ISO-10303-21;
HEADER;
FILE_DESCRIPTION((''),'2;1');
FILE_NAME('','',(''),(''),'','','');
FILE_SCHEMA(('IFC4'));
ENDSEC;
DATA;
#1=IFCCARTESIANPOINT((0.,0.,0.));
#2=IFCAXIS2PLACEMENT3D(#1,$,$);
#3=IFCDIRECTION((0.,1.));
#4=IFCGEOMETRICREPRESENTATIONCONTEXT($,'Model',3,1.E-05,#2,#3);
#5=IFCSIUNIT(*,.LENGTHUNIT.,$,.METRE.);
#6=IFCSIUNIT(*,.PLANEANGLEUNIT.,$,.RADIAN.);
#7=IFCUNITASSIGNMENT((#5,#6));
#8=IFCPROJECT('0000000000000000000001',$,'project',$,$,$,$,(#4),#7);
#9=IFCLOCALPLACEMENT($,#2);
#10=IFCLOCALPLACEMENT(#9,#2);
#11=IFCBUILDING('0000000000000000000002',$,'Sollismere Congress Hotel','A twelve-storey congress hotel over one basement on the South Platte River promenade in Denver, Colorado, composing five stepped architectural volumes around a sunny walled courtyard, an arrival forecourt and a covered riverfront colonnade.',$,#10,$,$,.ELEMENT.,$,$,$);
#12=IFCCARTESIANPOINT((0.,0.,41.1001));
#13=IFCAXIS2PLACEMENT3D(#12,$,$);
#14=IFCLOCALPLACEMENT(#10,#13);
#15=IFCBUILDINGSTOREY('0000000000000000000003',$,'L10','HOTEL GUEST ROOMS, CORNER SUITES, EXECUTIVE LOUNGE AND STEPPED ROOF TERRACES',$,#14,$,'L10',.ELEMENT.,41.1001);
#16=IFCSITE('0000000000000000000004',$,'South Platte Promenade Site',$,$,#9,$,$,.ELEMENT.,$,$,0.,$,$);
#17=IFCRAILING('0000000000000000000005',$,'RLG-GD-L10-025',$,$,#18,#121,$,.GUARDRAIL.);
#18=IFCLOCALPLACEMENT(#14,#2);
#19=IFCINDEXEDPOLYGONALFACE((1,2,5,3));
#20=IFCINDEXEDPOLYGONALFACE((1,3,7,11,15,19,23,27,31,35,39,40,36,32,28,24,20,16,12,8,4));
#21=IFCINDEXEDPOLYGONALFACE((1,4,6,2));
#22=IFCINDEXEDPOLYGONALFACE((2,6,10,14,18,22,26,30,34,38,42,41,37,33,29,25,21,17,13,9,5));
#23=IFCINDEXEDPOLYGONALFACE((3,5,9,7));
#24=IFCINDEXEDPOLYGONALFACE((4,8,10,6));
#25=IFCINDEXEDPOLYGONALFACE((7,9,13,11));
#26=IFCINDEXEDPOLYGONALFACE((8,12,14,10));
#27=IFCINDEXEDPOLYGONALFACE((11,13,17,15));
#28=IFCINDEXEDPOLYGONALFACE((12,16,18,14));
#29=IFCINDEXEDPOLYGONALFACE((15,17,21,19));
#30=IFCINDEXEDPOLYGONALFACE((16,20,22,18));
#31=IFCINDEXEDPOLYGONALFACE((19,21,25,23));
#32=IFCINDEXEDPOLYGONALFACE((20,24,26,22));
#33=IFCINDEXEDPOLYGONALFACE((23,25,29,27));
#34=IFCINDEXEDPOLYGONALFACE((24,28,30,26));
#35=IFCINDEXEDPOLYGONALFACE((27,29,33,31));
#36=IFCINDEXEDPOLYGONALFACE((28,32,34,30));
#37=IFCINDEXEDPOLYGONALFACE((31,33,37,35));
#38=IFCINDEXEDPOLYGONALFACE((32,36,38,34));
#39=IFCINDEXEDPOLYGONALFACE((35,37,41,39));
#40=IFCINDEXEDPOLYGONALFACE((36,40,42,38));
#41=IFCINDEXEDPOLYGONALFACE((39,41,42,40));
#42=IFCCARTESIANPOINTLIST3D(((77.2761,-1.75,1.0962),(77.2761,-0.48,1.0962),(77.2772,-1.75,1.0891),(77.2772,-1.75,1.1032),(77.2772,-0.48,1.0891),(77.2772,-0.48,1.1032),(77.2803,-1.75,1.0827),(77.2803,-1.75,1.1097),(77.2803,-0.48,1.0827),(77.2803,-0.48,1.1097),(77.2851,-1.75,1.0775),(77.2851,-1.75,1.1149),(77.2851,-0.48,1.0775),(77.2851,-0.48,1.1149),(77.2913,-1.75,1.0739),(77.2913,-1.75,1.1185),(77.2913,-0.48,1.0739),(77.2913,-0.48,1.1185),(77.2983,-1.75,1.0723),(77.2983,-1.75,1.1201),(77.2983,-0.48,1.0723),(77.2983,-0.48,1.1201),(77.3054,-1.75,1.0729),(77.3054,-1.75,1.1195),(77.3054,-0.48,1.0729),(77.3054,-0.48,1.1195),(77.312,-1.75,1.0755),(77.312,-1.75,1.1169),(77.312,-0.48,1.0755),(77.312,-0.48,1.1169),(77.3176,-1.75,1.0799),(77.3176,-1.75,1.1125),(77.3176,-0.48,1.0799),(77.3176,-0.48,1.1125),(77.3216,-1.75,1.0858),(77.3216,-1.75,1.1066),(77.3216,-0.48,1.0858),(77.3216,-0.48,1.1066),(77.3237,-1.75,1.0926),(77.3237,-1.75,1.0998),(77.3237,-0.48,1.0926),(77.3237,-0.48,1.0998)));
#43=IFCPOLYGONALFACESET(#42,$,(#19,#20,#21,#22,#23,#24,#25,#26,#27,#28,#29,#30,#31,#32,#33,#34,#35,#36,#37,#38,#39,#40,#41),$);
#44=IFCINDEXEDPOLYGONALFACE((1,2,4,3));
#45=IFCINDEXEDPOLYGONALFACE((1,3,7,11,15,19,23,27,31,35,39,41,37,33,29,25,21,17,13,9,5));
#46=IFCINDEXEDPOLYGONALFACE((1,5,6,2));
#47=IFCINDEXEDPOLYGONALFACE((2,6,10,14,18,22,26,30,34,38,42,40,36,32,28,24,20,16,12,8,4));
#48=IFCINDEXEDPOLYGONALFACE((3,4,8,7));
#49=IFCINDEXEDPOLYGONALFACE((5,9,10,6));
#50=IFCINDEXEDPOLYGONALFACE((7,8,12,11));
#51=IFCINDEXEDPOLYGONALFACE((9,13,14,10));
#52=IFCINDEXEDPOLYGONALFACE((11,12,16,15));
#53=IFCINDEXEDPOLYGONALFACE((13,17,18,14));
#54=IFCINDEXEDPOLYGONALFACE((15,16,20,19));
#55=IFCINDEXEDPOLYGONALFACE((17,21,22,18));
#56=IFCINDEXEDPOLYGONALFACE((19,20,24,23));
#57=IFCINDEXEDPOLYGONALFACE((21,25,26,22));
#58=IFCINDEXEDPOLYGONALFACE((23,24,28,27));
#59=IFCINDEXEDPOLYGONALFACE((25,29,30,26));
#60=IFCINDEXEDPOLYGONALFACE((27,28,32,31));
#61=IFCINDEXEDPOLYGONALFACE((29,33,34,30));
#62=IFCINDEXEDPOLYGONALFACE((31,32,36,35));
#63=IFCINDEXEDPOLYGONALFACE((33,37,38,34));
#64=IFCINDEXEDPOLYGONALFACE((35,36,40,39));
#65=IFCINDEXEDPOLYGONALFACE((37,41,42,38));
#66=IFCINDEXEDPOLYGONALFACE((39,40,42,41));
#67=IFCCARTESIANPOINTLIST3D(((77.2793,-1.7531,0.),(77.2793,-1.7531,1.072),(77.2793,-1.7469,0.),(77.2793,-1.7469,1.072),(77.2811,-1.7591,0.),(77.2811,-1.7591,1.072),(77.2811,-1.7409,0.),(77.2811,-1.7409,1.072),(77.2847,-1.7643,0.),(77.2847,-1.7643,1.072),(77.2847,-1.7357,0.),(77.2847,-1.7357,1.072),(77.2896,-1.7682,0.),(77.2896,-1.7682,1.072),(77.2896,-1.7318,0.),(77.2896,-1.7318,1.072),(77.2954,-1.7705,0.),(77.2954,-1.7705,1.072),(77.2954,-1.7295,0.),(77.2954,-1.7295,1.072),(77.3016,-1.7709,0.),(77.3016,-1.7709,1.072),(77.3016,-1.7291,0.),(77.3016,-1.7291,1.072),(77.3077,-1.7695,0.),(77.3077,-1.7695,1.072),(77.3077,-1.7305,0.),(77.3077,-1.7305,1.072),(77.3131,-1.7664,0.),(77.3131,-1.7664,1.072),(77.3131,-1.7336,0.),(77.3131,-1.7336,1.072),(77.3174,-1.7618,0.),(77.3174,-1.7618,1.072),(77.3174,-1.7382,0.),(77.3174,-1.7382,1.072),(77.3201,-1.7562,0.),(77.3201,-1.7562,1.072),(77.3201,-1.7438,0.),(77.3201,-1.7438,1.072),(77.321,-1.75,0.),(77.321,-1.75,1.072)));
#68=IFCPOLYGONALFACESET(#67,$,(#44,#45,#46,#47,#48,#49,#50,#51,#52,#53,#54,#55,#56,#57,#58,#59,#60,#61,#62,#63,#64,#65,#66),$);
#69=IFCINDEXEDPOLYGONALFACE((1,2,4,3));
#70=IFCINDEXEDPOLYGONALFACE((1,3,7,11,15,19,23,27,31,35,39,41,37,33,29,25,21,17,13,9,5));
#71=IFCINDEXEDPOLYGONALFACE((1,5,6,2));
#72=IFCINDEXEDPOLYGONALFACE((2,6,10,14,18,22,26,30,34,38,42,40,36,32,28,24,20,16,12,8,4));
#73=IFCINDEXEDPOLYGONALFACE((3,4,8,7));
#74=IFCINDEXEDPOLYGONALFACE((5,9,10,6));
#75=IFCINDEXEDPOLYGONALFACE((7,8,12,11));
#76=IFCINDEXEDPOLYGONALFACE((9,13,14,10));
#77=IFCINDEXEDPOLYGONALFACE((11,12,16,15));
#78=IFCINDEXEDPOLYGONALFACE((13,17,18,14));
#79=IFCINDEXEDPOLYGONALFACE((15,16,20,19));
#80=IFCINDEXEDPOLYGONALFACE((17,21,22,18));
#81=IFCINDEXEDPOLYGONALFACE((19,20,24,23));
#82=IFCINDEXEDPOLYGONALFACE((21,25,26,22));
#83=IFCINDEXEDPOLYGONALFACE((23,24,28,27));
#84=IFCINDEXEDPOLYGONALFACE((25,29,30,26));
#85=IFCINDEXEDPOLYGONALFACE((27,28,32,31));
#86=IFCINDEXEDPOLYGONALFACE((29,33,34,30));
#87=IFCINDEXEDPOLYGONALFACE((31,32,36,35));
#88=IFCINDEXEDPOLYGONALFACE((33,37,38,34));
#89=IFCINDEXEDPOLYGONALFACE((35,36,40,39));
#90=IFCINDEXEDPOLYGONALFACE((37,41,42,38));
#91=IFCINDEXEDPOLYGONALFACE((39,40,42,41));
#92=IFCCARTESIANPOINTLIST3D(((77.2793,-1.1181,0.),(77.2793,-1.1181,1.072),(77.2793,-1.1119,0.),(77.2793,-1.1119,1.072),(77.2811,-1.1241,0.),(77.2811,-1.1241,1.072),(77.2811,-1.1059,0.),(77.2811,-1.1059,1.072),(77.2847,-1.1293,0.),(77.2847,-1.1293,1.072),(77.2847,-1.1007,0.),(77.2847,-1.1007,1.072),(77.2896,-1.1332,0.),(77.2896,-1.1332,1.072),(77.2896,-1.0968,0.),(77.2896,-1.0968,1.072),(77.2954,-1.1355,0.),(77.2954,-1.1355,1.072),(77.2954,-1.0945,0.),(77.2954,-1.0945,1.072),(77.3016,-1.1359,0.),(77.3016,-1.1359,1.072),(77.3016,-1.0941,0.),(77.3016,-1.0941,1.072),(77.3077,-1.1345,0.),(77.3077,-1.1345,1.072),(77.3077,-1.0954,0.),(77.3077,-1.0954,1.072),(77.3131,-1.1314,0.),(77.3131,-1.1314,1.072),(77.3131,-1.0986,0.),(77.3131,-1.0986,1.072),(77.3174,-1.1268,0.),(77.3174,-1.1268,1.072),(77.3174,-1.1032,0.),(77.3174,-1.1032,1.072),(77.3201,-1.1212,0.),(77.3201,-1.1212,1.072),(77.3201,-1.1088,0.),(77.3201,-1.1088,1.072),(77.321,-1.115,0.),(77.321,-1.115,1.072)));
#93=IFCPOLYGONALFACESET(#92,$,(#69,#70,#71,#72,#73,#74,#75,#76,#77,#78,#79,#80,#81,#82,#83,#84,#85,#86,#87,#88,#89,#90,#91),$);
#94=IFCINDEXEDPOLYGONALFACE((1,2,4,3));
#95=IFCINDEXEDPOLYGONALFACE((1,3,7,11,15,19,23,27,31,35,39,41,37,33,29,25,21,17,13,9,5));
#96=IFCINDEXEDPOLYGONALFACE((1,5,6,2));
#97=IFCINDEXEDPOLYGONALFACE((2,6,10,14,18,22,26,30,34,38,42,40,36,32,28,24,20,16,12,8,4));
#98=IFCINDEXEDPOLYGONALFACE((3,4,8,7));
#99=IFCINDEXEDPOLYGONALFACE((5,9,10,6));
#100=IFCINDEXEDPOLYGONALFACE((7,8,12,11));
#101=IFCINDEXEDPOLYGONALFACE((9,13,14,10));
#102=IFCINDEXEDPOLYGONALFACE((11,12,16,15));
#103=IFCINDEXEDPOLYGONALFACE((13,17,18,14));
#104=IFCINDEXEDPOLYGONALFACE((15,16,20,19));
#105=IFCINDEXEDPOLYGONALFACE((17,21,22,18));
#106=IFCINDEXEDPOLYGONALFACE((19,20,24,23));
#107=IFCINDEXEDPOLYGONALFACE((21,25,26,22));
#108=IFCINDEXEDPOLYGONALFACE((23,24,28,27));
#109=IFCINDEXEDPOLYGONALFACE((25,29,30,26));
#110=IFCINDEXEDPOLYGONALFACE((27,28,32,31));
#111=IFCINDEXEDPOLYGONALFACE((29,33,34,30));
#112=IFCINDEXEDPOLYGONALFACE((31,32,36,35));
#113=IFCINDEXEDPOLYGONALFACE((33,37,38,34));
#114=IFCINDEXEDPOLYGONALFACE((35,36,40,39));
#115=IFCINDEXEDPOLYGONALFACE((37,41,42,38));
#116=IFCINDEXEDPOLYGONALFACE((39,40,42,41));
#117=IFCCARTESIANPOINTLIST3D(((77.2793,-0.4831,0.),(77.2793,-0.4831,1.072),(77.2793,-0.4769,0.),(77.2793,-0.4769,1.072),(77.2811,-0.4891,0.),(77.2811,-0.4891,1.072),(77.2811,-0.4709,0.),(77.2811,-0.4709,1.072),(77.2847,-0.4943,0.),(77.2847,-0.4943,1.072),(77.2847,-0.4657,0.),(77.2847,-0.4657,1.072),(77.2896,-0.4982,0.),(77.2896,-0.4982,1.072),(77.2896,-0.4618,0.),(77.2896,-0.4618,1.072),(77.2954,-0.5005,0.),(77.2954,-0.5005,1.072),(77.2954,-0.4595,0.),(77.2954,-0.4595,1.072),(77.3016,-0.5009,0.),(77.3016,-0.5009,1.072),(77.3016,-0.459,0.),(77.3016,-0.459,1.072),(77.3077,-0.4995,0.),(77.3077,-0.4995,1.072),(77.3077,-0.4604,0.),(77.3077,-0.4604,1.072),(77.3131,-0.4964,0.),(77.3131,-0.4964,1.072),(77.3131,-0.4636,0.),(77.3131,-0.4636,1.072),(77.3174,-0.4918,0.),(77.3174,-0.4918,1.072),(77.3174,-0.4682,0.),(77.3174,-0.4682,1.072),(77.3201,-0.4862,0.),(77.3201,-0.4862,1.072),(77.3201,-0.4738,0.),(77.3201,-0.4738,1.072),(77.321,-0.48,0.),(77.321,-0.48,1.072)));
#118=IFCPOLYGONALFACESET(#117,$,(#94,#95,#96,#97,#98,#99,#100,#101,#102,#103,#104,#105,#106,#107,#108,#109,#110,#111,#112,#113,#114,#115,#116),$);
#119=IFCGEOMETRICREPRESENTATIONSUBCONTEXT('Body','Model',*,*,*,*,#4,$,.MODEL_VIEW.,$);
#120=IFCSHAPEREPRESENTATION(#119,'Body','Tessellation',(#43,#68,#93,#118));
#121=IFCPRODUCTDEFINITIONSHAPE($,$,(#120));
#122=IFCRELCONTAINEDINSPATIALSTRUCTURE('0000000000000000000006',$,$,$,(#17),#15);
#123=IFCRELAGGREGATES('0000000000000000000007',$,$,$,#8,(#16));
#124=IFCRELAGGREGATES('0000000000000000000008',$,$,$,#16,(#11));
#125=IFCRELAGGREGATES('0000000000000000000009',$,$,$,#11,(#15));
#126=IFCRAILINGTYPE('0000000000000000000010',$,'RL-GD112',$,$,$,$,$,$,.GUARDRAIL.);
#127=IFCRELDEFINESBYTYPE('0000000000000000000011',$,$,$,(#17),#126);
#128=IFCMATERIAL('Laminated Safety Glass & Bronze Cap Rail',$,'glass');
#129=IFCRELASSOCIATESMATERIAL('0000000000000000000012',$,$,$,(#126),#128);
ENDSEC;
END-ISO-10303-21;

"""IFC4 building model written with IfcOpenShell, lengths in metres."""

from ifc_helpers import new_model, si_unit, direction, frame, origin, origin_2d, place, context, subcontext, project, spatial, circle, extrude, material, type_object, element, save


model = new_model("IFC4")

# Units and contexts
model_context = context("Model", 3, precision=1e-05, world=origin(), true_north=direction((0.0, 1.0)))
body_context = subcontext(model_context, "Body", "Model", "MODEL_VIEW")
ifc_project = project(units=[si_unit("LENGTHUNIT", "METRE"), si_unit("PLANEANGLEUNIT", "RADIAN")], contexts=[model_context])

# Site, building, storey
site_placement = place(None, origin())
site = spatial("IfcSite", under=ifc_project, at=site_placement, Name="South Platte Promenade Site", CompositionType="ELEMENT", RefElevation=0.0)
building_placement = place(site_placement, origin())
building = spatial("IfcBuilding", under=site, at=building_placement, Name="Sollismere Congress Hotel", Description="A twelve-storey congress hotel over one basement on the South Platte River promenade in Denver, Colorado, composing five stepped architectural volumes around a sunny walled courtyard, an arrival forecourt and a covered riverfront colonnade.", CompositionType="ELEMENT")
storey_placement = place(building_placement, frame((0.0, 0.0, 41.1001)))
storey = spatial("IfcBuildingStorey", under=building, at=storey_placement, Name="L10", Description="HOTEL GUEST ROOMS, CORNER SUITES, EXECUTIVE LOUNGE AND STEPPED ROOF TERRACES", LongName="L10", CompositionType="ELEMENT", Elevation=41.1001)

# Railing
ifc_material_1 = material(Name="Laminated Safety Glass & Bronze Cap Rail", Category="glass")
railing_type = type_object("IfcRailingType", Name="RL-GD112", PredefinedType="GUARDRAIL", material=ifc_material_1)
railing_1_placement = place(storey_placement, frame((77.3, -1.75, 0.0)))
element("IfcRailing", 1, at=railing_1_placement, inside=storey, type_object=railing_type, Name="RLG-GD-L10-025", PredefinedType="GUARDRAIL", context=body_context, shape_type="SweptSolid", body=[
    extrude(circle(Radius=0.0239, at=origin_2d()), frame((0.0, 0.0, 1.0962), z_axis=(0.0, 1.0, 0.0), x_axis=(-1.0, 0.0, 0.0)), (0.0, 0.0, 1.0), 1.27),
    extrude(circle(Radius=0.021, at=origin_2d()), origin(), (0.0, 0.0, 1.0), 1.072),
    extrude(circle(Radius=0.021, at=origin_2d()), frame((0.0, 0.635, 0.0)), (0.0, 0.0, 1.0), 1.072),
    extrude(circle(Radius=0.021, at=origin_2d()), frame((0.0, 1.27, 0.0)), (0.0, 0.0, 1.0), 1.072),
])

save(model, "model.ifc")
